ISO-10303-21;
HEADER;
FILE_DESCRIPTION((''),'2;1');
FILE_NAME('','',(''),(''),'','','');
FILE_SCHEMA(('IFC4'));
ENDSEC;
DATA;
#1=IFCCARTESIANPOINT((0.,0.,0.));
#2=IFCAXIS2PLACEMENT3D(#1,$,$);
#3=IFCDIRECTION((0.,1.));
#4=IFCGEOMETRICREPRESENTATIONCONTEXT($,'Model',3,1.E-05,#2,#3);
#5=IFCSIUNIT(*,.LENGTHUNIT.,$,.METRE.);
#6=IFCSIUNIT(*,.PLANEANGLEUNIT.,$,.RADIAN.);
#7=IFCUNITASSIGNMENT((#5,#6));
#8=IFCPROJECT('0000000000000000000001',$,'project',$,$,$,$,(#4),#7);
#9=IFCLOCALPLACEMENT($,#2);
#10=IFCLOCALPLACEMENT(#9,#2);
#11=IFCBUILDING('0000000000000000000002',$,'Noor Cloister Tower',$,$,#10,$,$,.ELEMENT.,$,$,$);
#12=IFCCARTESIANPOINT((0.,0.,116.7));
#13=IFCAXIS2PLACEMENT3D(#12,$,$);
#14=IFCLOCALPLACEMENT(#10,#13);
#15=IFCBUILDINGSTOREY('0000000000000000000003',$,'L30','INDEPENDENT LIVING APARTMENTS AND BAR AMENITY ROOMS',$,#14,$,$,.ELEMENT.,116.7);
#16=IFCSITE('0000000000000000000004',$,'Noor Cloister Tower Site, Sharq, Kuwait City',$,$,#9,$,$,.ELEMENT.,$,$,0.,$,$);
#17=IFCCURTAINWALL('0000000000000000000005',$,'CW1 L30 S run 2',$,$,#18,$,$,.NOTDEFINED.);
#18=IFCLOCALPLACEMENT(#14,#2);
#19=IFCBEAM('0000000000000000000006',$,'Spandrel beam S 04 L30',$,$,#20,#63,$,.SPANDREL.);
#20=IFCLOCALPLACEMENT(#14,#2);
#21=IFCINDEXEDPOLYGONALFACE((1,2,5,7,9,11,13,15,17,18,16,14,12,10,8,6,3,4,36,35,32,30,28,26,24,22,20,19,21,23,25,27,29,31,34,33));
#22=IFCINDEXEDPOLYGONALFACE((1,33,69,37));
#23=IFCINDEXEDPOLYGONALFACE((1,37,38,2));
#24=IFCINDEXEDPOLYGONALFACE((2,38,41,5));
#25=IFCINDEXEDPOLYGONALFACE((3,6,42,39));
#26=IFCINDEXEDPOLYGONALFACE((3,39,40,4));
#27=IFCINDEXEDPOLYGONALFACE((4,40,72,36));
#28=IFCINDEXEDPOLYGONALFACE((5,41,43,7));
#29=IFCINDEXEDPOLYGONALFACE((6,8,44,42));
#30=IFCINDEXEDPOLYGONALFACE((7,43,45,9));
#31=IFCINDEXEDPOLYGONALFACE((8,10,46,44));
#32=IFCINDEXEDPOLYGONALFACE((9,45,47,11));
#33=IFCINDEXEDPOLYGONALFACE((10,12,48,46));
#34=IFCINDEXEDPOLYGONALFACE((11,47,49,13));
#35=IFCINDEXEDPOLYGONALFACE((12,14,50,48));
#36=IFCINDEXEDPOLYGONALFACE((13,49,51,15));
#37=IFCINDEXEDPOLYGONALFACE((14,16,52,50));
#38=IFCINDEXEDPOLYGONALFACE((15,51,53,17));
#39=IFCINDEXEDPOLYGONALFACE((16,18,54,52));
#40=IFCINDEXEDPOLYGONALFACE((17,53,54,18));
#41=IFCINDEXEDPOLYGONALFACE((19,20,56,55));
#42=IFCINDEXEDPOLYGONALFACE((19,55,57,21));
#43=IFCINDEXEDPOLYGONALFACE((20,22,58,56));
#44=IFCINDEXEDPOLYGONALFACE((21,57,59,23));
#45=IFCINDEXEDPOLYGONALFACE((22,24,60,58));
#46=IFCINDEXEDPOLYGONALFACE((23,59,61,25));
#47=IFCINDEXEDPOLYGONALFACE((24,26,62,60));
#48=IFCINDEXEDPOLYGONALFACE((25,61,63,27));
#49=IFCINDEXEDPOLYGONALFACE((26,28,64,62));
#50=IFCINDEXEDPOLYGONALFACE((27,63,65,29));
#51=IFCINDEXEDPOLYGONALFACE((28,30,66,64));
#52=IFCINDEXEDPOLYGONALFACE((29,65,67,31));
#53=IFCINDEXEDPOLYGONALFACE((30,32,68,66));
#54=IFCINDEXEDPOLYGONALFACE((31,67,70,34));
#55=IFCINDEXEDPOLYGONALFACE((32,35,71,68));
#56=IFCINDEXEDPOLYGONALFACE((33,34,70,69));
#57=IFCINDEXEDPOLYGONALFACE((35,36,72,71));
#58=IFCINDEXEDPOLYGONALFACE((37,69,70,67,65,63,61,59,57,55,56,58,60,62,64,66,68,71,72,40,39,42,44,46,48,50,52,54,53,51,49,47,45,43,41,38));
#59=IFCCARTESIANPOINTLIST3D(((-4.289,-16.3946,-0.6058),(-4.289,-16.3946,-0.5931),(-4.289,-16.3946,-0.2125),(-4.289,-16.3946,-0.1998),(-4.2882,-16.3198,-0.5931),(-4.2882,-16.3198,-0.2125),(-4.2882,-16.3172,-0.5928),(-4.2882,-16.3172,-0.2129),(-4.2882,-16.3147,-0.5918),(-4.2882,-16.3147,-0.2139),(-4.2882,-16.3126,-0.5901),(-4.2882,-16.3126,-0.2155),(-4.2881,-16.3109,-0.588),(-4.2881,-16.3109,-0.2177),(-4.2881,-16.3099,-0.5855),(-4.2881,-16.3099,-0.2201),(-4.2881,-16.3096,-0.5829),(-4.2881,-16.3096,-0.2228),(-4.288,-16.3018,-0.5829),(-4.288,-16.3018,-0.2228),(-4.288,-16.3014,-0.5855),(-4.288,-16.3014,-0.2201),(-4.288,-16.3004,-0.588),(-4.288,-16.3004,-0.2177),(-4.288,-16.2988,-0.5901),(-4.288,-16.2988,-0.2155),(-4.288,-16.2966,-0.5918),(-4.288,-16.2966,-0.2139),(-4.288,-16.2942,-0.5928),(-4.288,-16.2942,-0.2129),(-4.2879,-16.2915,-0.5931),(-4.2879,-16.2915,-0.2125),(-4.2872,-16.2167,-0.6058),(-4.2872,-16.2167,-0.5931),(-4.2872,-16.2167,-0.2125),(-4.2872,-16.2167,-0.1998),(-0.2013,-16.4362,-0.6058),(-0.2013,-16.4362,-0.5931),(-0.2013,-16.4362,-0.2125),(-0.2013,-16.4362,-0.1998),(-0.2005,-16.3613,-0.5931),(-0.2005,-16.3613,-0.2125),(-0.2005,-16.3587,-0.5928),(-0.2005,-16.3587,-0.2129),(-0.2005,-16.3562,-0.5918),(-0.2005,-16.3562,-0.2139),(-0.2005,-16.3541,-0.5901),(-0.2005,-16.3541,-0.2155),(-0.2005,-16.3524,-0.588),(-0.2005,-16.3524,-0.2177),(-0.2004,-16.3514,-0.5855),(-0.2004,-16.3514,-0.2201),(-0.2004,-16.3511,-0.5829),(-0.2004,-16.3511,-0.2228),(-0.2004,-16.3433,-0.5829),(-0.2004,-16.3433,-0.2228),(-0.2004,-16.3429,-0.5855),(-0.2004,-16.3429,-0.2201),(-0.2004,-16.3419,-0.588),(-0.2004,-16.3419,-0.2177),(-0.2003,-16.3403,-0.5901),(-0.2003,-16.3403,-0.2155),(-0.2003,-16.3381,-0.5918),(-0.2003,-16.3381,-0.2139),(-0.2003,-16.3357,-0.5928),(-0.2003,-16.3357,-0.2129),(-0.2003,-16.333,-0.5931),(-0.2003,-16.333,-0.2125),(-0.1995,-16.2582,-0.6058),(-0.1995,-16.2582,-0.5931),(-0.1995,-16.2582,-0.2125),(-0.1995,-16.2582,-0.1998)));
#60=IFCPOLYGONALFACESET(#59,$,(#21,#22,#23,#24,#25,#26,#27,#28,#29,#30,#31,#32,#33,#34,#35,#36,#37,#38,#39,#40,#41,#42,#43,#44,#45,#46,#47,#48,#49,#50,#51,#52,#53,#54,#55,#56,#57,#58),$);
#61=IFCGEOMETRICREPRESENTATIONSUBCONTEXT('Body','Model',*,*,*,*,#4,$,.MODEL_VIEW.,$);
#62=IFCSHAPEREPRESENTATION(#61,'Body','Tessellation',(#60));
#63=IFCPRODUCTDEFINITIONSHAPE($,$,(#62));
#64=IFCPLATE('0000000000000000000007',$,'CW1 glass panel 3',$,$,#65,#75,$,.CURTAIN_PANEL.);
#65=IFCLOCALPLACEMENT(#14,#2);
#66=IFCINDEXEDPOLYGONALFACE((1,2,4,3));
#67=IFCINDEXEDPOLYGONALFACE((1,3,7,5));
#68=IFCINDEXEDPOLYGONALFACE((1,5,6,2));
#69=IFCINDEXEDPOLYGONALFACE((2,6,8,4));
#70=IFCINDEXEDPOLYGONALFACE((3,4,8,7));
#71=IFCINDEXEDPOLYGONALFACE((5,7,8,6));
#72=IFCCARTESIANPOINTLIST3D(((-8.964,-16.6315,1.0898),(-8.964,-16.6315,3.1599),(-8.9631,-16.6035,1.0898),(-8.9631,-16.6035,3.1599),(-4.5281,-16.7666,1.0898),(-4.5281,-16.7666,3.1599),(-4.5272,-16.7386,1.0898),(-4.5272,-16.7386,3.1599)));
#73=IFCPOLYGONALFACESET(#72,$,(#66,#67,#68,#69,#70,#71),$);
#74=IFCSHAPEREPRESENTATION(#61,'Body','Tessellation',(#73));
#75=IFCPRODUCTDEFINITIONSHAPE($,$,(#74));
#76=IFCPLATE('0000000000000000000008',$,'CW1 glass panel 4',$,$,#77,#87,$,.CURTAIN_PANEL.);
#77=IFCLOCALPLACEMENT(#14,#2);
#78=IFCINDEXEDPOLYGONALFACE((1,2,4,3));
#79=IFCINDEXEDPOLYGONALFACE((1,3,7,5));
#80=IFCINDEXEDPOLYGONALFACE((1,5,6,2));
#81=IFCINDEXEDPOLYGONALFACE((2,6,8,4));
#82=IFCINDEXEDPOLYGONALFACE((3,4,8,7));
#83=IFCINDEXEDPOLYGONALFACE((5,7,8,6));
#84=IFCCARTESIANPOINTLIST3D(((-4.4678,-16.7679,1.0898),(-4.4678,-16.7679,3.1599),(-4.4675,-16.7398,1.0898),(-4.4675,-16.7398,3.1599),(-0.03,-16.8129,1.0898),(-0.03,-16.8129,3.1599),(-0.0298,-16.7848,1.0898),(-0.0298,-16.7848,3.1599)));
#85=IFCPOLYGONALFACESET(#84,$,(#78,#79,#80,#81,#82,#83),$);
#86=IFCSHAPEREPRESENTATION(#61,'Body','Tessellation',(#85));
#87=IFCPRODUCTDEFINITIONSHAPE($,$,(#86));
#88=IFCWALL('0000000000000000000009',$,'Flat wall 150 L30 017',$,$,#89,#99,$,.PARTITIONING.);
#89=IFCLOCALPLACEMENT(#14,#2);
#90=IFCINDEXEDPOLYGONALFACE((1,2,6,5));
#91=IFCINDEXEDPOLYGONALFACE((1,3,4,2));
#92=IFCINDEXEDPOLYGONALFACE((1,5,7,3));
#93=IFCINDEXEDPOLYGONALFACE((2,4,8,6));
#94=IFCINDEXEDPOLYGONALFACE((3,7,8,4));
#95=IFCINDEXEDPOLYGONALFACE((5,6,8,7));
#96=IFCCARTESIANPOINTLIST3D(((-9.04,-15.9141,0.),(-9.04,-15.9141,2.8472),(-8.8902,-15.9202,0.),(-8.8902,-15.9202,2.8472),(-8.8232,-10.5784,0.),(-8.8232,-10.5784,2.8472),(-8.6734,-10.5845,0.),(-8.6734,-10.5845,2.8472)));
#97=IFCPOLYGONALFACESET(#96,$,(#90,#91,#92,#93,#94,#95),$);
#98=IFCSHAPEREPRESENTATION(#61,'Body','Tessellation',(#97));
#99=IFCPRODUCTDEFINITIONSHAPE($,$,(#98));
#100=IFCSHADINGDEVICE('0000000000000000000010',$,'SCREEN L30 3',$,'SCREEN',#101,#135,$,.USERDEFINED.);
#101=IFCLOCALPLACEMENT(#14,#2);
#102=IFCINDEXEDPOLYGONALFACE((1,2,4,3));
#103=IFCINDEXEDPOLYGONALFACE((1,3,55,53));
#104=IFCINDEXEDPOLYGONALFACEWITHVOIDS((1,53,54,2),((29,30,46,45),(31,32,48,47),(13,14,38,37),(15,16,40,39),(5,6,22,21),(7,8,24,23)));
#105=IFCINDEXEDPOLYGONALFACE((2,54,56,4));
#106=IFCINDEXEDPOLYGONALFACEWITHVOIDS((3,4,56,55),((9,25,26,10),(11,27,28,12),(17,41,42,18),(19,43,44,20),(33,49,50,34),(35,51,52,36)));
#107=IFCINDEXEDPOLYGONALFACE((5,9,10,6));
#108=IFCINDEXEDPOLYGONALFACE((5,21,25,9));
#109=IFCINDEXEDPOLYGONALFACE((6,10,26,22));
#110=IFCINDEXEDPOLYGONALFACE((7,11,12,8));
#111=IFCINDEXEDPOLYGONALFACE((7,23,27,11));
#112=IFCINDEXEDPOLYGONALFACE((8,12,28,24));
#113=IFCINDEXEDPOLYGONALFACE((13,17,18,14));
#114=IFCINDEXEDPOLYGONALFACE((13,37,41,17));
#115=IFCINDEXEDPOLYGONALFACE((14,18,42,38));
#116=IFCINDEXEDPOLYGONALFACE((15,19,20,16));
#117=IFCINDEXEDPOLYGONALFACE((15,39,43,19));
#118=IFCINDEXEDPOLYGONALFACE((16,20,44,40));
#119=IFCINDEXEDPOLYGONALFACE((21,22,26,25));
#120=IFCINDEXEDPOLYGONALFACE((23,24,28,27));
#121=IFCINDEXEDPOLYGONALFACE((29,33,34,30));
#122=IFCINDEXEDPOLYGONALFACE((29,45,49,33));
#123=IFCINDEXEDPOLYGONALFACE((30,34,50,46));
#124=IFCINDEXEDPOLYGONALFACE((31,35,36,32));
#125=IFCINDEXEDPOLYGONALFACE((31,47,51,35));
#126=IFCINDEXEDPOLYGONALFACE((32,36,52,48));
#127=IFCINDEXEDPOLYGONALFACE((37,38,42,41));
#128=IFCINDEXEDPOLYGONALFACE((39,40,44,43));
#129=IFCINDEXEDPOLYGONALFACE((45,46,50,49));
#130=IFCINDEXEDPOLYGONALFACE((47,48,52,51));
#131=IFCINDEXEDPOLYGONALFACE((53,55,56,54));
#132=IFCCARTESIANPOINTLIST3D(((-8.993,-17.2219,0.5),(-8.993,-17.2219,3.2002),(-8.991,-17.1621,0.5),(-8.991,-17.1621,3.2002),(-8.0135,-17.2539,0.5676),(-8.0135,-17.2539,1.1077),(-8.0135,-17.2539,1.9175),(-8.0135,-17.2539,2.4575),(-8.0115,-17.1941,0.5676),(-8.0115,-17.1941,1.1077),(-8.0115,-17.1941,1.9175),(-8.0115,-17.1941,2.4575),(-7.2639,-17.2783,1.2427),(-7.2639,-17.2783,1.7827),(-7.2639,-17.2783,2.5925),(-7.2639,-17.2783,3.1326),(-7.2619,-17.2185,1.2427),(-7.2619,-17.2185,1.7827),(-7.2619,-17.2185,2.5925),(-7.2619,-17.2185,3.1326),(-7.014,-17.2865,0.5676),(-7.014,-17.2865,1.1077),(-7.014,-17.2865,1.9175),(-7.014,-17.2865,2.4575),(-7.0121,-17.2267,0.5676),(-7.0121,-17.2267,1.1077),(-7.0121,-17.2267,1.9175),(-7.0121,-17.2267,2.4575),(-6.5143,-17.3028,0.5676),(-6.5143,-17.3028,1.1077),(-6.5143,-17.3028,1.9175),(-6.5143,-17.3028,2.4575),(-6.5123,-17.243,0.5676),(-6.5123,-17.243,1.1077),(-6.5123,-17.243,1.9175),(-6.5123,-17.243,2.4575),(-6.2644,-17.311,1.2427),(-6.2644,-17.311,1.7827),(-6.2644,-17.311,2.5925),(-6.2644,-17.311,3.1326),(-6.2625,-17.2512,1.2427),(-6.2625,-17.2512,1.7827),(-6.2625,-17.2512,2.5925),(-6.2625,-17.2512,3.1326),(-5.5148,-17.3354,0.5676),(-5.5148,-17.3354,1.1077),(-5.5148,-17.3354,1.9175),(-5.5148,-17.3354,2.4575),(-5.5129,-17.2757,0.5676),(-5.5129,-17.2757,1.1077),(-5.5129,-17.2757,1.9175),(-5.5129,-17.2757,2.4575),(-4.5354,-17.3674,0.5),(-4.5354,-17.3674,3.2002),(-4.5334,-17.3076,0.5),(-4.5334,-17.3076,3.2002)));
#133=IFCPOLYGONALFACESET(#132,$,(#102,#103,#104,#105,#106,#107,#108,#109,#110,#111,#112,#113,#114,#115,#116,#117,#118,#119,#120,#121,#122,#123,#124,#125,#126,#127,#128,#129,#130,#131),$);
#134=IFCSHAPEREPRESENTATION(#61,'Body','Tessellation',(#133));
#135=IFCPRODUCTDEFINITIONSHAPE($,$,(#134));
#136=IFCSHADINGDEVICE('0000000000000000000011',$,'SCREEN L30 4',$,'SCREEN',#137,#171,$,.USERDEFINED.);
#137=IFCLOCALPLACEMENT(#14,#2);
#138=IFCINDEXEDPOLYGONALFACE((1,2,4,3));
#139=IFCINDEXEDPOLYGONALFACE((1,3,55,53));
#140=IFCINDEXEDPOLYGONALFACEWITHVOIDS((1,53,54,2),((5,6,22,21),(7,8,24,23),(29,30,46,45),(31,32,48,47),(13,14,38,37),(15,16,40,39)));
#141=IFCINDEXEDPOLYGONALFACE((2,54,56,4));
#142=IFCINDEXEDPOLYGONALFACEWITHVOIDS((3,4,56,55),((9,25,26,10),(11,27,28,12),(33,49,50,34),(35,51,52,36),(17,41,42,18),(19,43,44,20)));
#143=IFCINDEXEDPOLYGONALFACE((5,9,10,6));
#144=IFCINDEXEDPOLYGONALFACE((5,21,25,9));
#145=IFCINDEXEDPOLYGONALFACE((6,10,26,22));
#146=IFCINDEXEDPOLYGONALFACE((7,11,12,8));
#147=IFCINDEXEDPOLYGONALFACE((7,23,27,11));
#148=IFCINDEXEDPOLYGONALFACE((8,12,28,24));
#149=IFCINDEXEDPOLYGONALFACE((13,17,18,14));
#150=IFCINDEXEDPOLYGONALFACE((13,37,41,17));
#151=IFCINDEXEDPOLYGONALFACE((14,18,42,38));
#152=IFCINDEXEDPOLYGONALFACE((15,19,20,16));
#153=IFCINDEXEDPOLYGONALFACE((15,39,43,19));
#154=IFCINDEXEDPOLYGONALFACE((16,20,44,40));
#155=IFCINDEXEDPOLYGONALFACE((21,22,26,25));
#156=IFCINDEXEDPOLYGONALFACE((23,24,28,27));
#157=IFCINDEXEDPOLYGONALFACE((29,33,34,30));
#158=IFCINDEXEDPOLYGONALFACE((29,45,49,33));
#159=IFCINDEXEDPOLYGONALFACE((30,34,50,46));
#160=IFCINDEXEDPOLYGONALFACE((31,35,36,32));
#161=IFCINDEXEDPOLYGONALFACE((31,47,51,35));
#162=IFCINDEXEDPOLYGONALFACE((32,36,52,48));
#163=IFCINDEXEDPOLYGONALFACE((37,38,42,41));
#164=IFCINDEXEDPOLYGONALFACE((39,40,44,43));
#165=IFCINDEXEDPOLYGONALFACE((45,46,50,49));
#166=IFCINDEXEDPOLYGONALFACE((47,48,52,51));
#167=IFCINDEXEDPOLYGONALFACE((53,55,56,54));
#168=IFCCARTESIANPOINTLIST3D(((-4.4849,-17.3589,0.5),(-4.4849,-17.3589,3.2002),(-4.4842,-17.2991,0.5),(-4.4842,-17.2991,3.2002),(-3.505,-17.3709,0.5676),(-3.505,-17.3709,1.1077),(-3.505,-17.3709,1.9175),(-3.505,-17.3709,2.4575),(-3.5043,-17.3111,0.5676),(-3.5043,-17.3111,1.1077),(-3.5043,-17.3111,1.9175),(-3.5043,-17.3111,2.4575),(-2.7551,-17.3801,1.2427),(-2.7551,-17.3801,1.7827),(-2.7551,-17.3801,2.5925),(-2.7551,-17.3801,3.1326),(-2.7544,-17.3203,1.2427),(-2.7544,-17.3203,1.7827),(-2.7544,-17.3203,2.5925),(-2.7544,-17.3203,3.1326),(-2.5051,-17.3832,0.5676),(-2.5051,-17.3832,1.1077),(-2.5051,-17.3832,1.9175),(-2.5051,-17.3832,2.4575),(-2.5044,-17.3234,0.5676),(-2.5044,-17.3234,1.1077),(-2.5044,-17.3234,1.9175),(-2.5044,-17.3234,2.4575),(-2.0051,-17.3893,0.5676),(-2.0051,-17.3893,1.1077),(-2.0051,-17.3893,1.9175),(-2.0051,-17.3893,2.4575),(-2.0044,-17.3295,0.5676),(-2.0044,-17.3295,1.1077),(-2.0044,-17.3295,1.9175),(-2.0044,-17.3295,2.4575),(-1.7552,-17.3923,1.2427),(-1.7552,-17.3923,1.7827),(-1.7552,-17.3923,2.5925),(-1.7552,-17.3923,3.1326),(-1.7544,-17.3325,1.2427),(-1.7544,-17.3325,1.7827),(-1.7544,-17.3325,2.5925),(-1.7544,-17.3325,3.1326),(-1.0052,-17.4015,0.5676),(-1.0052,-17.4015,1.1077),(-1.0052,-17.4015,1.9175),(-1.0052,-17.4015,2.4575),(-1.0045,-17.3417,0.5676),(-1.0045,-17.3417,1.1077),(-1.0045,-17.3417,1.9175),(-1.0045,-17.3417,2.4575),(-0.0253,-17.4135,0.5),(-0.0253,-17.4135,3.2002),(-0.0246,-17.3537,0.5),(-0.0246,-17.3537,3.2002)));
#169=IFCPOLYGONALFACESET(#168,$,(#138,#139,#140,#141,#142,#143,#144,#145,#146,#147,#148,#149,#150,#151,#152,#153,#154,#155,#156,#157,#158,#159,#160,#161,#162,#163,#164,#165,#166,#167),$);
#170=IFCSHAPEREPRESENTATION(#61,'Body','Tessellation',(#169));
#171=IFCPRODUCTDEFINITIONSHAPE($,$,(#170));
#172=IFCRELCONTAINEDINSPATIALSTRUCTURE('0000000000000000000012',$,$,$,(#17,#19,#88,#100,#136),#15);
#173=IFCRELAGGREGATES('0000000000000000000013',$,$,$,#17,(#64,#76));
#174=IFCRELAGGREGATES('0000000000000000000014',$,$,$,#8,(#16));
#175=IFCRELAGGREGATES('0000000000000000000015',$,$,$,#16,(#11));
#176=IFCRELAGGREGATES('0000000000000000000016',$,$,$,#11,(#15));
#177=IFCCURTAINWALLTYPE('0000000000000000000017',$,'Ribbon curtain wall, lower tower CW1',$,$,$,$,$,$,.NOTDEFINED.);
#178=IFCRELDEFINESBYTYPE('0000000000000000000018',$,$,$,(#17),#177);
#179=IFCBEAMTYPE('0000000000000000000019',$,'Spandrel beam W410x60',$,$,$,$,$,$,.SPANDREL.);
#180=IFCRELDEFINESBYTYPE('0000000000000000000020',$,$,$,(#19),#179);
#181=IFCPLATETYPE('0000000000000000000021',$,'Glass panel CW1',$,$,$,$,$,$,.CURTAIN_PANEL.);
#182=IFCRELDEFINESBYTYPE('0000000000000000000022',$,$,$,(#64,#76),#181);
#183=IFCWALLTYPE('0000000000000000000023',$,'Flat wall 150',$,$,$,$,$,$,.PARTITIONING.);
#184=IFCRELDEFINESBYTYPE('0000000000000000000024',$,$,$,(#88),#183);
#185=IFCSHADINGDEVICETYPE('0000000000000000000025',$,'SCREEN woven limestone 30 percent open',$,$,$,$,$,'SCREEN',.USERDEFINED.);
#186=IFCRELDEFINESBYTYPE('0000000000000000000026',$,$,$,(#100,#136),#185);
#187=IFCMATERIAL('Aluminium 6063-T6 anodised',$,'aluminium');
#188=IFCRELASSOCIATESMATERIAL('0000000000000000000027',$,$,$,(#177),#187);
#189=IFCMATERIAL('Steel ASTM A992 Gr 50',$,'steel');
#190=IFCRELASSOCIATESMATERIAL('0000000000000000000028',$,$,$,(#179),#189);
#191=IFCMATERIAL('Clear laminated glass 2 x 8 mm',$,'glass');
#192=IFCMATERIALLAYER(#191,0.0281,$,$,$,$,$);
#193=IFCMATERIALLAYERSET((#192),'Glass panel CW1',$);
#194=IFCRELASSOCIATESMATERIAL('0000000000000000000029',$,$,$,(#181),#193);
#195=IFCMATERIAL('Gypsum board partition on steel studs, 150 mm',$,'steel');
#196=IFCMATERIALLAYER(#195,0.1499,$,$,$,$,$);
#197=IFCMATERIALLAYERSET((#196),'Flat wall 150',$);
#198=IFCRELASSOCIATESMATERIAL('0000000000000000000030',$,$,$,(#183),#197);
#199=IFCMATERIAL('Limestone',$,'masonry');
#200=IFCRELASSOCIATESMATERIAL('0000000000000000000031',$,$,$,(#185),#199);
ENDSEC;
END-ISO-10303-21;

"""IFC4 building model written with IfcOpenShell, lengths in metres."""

from ifc_helpers import new_model, si_unit, direction, frame, frame_2d, origin, origin_2d, place, context, subcontext, project, spatial, polyline, rectangle, i_section, outline, extrude, material, layer, layer_set, material_profile, profile_set, type_object, element, aggregate, save


model = new_model("IFC4")

# Units and contexts
model_context = context("Model", 3, precision=1e-05, world=origin(), true_north=direction((0.0, 1.0)))
body_context = subcontext(model_context, "Body", "Model", "MODEL_VIEW")
ifc_project = project(units=[si_unit("LENGTHUNIT", "METRE"), si_unit("PLANEANGLEUNIT", "RADIAN")], contexts=[model_context])

# Site, building, storey
site_placement = place(None, origin())
site = spatial("IfcSite", under=ifc_project, at=site_placement, Name="Noor Cloister Tower Site, Sharq, Kuwait City", CompositionType="ELEMENT", RefElevation=0.0)
building_placement = place(site_placement, origin())
building = spatial("IfcBuilding", under=site, at=building_placement, Name="Noor Cloister Tower", CompositionType="ELEMENT")
storey_placement = place(building_placement, frame((0.0, 0.0, 116.7)))
storey = spatial("IfcBuildingStorey", under=building, at=storey_placement, Name="L30", Description="INDEPENDENT LIVING APARTMENTS AND BAR AMENITY ROOMS", CompositionType="ELEMENT", Elevation=116.7)

# Curtain wall
ifc_material_1 = material(Name="Aluminium 6063-T6 anodised", Category="aluminium")
curtain_wall_type = type_object("IfcCurtainWallType", Name="Ribbon curtain wall, lower tower CW1", PredefinedType="NOTDEFINED", material=ifc_material_1)
curtain_wall_placement = place(storey_placement, origin())
curtain_wall = element("IfcCurtainWall", 1, at=curtain_wall_placement, inside=storey, type_object=curtain_wall_type, Name="CW1 L30 S run 2", PredefinedType="NOTDEFINED")

# Beam
ifc_material_2 = material(Name="Steel ASTM A992 Gr 50", Category="steel")
ifc_material_profile_1 = material_profile(ifc_material_2, i_section(OverallWidth=0.178, OverallDepth=0.406, WebThickness=0.0078, FlangeThickness=0.0127, FilletRadius=0.0103, at=origin_2d()), Name="W410x60")
ifc_profile_set_1 = profile_set([ifc_material_profile_1], Name="Steel ASTM A992 Gr 50")
beam_type_1 = type_object("IfcBeamType", Name="Spandrel beam W410x60", PredefinedType="SPANDREL", material=ifc_profile_set_1)
for number, where, z_axis, x_axis, name in (
    (2, (-4.2881, -16.3057, -0.4028), (0.999948, -0.010153, 0.0), (0.010153, 0.999948, 0.0), "Spandrel beam S 04 L30"),
):
    element("IfcBeam", number, at=place(storey_placement, frame(where, z_axis=z_axis, x_axis=x_axis)), inside=storey, type_object=beam_type_1, Name=name, PredefinedType="SPANDREL", context=body_context, shape_type="SweptSolid", body=[
        extrude(i_section(OverallWidth=0.178, OverallDepth=0.406, WebThickness=0.0078, FlangeThickness=0.0127, FilletRadius=0.0103, at=origin_2d()), origin(), (0.0, 0.0, 1.0), 4.0879),
    ])

# Plates
ifc_material_3 = material(Name="Clear laminated glass 2 x 8 mm", Category="glass")
ifc_layer_1 = layer(ifc_material_3, 0.0281)
ifc_layer_set_1 = layer_set([ifc_layer_1], Name="Glass panel CW1")
plate_type = type_object("IfcPlateType", Name="Glass panel CW1", PredefinedType="CURTAIN_PANEL", material=ifc_layer_set_1)
plate_1_placement = place(storey_placement, frame((-6.7456, -16.6851, 1.0898), z_axis=(0.0, 0.0, 1.0), x_axis=(0.999537, -0.030438, 0.0)))
plate_1 = element("IfcPlate", 3, at=plate_1_placement, type_object=plate_type, Name="CW1 glass panel 3", PredefinedType="CURTAIN_PANEL", context=body_context, shape_type="SweptSolid", body=[
    extrude(rectangle(XDim=4.438, YDim=0.0281, at=origin_2d()), origin(), (0.0, 0.0, 1.0), 2.0701),
])
plate_2_placement = place(storey_placement, frame((-2.2488, -16.7764, 1.0898), z_axis=(0.0, 0.0, 1.0), x_axis=(0.999949, -0.010147, 0.0)))
plate_2 = element("IfcPlate", 4, at=plate_2_placement, type_object=plate_type, Name="CW1 glass panel 4", PredefinedType="CURTAIN_PANEL", context=body_context, shape_type="SweptSolid", body=[
    extrude(rectangle(XDim=4.438, YDim=0.0281, at=origin_2d()), origin(), (0.0, 0.0, 1.0), 2.0701),
])
aggregate(curtain_wall, [plate_1, plate_2])

# Wall
ifc_material_4 = material(Name="Gypsum board partition on steel studs, 150 mm", Category="steel")
ifc_layer_2 = layer(ifc_material_4, 0.1499)
ifc_layer_set_2 = layer_set([ifc_layer_2], Name="Flat wall 150")
wall_type = type_object("IfcWallType", Name="Flat wall 150", PredefinedType="PARTITIONING", material=ifc_layer_set_2)
wall_placement = place(storey_placement, frame((-8.9651, -15.917, 0.0), z_axis=(0.0, 0.0, 1.0), x_axis=(0.040598, 0.999176, 0.0)))
element("IfcWall", 5, at=wall_placement, inside=storey, type_object=wall_type, Name="Flat wall 150 L30 017", PredefinedType="PARTITIONING", context=body_context, shape_type="SweptSolid", body=[
    extrude(rectangle(XDim=5.3401, YDim=0.1499, at=frame_2d((2.6699, 0.0))), origin(), (0.0, 0.0, 1.0), 2.8472),
])

# Shading devices
ifc_material_5 = material(Name="Limestone", Category="masonry")
ifc_material_profile_2 = material_profile(ifc_material_5, outline(polyline([(-2.23, -1.3501), (2.23, -1.3501), (2.23, 1.3501), (-2.23, 1.3501), (-2.23, -1.3501)]), holes=[polyline([(-1.25, -1.2825), (-0.25, -1.2825), (-0.25, -0.7424), (-1.25, -0.7424), (-1.25, -1.2825)]), polyline([(0.25, -1.2825), (1.25, -1.2825), (1.25, -0.7424), (0.25, -0.7424), (0.25, -1.2825)]), polyline([(-0.5, -0.6074), (0.5, -0.6074), (0.5, -0.0674), (-0.5, -0.0674), (-0.5, -0.6074)]), polyline([(-1.25, 0.0674), (-0.25, 0.0674), (-0.25, 0.6074), (-1.25, 0.6074), (-1.25, 0.0674)]), polyline([(0.25, 0.0674), (1.25, 0.0674), (1.25, 0.6074), (0.25, 0.6074), (0.25, 0.0674)]), polyline([(-0.5, 0.7424), (0.5, 0.7424), (0.5, 1.2825), (-0.5, 1.2825), (-0.5, 0.7424)])]), Name="Woven screen 30 percent open")
ifc_profile_set_2 = profile_set([ifc_material_profile_2], Name="Limestone")
shading_device_type = type_object("IfcShadingDeviceType", Name="SCREEN woven limestone 30 percent open", ElementType="SCREEN", PredefinedType="USERDEFINED", material=ifc_profile_set_2)
for number, where, z_axis, x_axis, name in (
    (6, (-6.7622, -17.2349, 1.8501), (-0.032636, -0.999467, 0.0), (0.999467, -0.032636, 0.0), "SCREEN L30 3"),
    (7, (-2.2544, -17.3264, 1.8501), (-0.012244, -0.999925, 0.0), (0.999925, -0.012244, 0.0), "SCREEN L30 4"),
):
    element("IfcShadingDevice", number, at=place(storey_placement, frame(where, z_axis=z_axis, x_axis=x_axis)), inside=storey, type_object=shading_device_type, Name=name, ObjectType="SCREEN", PredefinedType="USERDEFINED", context=body_context, shape_type="SweptSolid", body=[
        extrude(outline(polyline([(-2.23, -1.3501), (2.23, -1.3501), (2.23, 1.3501), (-2.23, 1.3501), (-2.23, -1.3501)]), holes=[polyline([(-1.25, -1.2825), (-0.25, -1.2825), (-0.25, -0.7424), (-1.25, -0.7424), (-1.25, -1.2825)]), polyline([(0.25, -1.2825), (1.25, -1.2825), (1.25, -0.7424), (0.25, -0.7424), (0.25, -1.2825)]), polyline([(-0.5, -0.6074), (0.5, -0.6074), (0.5, -0.0674), (-0.5, -0.0674), (-0.5, -0.6074)]), polyline([(-1.25, 0.0674), (-0.25, 0.0674), (-0.25, 0.6074), (-1.25, 0.6074), (-1.25, 0.0674)]), polyline([(0.25, 0.0674), (1.25, 0.0674), (1.25, 0.6074), (0.25, 0.6074), (0.25, 0.0674)]), polyline([(-0.5, 0.7424), (0.5, 0.7424), (0.5, 1.2825), (-0.5, 1.2825), (-0.5, 0.7424)])]), origin(), (0.0, 0.0, 1.0), 0.0598),
    ])

save(model, "model.ifc")
